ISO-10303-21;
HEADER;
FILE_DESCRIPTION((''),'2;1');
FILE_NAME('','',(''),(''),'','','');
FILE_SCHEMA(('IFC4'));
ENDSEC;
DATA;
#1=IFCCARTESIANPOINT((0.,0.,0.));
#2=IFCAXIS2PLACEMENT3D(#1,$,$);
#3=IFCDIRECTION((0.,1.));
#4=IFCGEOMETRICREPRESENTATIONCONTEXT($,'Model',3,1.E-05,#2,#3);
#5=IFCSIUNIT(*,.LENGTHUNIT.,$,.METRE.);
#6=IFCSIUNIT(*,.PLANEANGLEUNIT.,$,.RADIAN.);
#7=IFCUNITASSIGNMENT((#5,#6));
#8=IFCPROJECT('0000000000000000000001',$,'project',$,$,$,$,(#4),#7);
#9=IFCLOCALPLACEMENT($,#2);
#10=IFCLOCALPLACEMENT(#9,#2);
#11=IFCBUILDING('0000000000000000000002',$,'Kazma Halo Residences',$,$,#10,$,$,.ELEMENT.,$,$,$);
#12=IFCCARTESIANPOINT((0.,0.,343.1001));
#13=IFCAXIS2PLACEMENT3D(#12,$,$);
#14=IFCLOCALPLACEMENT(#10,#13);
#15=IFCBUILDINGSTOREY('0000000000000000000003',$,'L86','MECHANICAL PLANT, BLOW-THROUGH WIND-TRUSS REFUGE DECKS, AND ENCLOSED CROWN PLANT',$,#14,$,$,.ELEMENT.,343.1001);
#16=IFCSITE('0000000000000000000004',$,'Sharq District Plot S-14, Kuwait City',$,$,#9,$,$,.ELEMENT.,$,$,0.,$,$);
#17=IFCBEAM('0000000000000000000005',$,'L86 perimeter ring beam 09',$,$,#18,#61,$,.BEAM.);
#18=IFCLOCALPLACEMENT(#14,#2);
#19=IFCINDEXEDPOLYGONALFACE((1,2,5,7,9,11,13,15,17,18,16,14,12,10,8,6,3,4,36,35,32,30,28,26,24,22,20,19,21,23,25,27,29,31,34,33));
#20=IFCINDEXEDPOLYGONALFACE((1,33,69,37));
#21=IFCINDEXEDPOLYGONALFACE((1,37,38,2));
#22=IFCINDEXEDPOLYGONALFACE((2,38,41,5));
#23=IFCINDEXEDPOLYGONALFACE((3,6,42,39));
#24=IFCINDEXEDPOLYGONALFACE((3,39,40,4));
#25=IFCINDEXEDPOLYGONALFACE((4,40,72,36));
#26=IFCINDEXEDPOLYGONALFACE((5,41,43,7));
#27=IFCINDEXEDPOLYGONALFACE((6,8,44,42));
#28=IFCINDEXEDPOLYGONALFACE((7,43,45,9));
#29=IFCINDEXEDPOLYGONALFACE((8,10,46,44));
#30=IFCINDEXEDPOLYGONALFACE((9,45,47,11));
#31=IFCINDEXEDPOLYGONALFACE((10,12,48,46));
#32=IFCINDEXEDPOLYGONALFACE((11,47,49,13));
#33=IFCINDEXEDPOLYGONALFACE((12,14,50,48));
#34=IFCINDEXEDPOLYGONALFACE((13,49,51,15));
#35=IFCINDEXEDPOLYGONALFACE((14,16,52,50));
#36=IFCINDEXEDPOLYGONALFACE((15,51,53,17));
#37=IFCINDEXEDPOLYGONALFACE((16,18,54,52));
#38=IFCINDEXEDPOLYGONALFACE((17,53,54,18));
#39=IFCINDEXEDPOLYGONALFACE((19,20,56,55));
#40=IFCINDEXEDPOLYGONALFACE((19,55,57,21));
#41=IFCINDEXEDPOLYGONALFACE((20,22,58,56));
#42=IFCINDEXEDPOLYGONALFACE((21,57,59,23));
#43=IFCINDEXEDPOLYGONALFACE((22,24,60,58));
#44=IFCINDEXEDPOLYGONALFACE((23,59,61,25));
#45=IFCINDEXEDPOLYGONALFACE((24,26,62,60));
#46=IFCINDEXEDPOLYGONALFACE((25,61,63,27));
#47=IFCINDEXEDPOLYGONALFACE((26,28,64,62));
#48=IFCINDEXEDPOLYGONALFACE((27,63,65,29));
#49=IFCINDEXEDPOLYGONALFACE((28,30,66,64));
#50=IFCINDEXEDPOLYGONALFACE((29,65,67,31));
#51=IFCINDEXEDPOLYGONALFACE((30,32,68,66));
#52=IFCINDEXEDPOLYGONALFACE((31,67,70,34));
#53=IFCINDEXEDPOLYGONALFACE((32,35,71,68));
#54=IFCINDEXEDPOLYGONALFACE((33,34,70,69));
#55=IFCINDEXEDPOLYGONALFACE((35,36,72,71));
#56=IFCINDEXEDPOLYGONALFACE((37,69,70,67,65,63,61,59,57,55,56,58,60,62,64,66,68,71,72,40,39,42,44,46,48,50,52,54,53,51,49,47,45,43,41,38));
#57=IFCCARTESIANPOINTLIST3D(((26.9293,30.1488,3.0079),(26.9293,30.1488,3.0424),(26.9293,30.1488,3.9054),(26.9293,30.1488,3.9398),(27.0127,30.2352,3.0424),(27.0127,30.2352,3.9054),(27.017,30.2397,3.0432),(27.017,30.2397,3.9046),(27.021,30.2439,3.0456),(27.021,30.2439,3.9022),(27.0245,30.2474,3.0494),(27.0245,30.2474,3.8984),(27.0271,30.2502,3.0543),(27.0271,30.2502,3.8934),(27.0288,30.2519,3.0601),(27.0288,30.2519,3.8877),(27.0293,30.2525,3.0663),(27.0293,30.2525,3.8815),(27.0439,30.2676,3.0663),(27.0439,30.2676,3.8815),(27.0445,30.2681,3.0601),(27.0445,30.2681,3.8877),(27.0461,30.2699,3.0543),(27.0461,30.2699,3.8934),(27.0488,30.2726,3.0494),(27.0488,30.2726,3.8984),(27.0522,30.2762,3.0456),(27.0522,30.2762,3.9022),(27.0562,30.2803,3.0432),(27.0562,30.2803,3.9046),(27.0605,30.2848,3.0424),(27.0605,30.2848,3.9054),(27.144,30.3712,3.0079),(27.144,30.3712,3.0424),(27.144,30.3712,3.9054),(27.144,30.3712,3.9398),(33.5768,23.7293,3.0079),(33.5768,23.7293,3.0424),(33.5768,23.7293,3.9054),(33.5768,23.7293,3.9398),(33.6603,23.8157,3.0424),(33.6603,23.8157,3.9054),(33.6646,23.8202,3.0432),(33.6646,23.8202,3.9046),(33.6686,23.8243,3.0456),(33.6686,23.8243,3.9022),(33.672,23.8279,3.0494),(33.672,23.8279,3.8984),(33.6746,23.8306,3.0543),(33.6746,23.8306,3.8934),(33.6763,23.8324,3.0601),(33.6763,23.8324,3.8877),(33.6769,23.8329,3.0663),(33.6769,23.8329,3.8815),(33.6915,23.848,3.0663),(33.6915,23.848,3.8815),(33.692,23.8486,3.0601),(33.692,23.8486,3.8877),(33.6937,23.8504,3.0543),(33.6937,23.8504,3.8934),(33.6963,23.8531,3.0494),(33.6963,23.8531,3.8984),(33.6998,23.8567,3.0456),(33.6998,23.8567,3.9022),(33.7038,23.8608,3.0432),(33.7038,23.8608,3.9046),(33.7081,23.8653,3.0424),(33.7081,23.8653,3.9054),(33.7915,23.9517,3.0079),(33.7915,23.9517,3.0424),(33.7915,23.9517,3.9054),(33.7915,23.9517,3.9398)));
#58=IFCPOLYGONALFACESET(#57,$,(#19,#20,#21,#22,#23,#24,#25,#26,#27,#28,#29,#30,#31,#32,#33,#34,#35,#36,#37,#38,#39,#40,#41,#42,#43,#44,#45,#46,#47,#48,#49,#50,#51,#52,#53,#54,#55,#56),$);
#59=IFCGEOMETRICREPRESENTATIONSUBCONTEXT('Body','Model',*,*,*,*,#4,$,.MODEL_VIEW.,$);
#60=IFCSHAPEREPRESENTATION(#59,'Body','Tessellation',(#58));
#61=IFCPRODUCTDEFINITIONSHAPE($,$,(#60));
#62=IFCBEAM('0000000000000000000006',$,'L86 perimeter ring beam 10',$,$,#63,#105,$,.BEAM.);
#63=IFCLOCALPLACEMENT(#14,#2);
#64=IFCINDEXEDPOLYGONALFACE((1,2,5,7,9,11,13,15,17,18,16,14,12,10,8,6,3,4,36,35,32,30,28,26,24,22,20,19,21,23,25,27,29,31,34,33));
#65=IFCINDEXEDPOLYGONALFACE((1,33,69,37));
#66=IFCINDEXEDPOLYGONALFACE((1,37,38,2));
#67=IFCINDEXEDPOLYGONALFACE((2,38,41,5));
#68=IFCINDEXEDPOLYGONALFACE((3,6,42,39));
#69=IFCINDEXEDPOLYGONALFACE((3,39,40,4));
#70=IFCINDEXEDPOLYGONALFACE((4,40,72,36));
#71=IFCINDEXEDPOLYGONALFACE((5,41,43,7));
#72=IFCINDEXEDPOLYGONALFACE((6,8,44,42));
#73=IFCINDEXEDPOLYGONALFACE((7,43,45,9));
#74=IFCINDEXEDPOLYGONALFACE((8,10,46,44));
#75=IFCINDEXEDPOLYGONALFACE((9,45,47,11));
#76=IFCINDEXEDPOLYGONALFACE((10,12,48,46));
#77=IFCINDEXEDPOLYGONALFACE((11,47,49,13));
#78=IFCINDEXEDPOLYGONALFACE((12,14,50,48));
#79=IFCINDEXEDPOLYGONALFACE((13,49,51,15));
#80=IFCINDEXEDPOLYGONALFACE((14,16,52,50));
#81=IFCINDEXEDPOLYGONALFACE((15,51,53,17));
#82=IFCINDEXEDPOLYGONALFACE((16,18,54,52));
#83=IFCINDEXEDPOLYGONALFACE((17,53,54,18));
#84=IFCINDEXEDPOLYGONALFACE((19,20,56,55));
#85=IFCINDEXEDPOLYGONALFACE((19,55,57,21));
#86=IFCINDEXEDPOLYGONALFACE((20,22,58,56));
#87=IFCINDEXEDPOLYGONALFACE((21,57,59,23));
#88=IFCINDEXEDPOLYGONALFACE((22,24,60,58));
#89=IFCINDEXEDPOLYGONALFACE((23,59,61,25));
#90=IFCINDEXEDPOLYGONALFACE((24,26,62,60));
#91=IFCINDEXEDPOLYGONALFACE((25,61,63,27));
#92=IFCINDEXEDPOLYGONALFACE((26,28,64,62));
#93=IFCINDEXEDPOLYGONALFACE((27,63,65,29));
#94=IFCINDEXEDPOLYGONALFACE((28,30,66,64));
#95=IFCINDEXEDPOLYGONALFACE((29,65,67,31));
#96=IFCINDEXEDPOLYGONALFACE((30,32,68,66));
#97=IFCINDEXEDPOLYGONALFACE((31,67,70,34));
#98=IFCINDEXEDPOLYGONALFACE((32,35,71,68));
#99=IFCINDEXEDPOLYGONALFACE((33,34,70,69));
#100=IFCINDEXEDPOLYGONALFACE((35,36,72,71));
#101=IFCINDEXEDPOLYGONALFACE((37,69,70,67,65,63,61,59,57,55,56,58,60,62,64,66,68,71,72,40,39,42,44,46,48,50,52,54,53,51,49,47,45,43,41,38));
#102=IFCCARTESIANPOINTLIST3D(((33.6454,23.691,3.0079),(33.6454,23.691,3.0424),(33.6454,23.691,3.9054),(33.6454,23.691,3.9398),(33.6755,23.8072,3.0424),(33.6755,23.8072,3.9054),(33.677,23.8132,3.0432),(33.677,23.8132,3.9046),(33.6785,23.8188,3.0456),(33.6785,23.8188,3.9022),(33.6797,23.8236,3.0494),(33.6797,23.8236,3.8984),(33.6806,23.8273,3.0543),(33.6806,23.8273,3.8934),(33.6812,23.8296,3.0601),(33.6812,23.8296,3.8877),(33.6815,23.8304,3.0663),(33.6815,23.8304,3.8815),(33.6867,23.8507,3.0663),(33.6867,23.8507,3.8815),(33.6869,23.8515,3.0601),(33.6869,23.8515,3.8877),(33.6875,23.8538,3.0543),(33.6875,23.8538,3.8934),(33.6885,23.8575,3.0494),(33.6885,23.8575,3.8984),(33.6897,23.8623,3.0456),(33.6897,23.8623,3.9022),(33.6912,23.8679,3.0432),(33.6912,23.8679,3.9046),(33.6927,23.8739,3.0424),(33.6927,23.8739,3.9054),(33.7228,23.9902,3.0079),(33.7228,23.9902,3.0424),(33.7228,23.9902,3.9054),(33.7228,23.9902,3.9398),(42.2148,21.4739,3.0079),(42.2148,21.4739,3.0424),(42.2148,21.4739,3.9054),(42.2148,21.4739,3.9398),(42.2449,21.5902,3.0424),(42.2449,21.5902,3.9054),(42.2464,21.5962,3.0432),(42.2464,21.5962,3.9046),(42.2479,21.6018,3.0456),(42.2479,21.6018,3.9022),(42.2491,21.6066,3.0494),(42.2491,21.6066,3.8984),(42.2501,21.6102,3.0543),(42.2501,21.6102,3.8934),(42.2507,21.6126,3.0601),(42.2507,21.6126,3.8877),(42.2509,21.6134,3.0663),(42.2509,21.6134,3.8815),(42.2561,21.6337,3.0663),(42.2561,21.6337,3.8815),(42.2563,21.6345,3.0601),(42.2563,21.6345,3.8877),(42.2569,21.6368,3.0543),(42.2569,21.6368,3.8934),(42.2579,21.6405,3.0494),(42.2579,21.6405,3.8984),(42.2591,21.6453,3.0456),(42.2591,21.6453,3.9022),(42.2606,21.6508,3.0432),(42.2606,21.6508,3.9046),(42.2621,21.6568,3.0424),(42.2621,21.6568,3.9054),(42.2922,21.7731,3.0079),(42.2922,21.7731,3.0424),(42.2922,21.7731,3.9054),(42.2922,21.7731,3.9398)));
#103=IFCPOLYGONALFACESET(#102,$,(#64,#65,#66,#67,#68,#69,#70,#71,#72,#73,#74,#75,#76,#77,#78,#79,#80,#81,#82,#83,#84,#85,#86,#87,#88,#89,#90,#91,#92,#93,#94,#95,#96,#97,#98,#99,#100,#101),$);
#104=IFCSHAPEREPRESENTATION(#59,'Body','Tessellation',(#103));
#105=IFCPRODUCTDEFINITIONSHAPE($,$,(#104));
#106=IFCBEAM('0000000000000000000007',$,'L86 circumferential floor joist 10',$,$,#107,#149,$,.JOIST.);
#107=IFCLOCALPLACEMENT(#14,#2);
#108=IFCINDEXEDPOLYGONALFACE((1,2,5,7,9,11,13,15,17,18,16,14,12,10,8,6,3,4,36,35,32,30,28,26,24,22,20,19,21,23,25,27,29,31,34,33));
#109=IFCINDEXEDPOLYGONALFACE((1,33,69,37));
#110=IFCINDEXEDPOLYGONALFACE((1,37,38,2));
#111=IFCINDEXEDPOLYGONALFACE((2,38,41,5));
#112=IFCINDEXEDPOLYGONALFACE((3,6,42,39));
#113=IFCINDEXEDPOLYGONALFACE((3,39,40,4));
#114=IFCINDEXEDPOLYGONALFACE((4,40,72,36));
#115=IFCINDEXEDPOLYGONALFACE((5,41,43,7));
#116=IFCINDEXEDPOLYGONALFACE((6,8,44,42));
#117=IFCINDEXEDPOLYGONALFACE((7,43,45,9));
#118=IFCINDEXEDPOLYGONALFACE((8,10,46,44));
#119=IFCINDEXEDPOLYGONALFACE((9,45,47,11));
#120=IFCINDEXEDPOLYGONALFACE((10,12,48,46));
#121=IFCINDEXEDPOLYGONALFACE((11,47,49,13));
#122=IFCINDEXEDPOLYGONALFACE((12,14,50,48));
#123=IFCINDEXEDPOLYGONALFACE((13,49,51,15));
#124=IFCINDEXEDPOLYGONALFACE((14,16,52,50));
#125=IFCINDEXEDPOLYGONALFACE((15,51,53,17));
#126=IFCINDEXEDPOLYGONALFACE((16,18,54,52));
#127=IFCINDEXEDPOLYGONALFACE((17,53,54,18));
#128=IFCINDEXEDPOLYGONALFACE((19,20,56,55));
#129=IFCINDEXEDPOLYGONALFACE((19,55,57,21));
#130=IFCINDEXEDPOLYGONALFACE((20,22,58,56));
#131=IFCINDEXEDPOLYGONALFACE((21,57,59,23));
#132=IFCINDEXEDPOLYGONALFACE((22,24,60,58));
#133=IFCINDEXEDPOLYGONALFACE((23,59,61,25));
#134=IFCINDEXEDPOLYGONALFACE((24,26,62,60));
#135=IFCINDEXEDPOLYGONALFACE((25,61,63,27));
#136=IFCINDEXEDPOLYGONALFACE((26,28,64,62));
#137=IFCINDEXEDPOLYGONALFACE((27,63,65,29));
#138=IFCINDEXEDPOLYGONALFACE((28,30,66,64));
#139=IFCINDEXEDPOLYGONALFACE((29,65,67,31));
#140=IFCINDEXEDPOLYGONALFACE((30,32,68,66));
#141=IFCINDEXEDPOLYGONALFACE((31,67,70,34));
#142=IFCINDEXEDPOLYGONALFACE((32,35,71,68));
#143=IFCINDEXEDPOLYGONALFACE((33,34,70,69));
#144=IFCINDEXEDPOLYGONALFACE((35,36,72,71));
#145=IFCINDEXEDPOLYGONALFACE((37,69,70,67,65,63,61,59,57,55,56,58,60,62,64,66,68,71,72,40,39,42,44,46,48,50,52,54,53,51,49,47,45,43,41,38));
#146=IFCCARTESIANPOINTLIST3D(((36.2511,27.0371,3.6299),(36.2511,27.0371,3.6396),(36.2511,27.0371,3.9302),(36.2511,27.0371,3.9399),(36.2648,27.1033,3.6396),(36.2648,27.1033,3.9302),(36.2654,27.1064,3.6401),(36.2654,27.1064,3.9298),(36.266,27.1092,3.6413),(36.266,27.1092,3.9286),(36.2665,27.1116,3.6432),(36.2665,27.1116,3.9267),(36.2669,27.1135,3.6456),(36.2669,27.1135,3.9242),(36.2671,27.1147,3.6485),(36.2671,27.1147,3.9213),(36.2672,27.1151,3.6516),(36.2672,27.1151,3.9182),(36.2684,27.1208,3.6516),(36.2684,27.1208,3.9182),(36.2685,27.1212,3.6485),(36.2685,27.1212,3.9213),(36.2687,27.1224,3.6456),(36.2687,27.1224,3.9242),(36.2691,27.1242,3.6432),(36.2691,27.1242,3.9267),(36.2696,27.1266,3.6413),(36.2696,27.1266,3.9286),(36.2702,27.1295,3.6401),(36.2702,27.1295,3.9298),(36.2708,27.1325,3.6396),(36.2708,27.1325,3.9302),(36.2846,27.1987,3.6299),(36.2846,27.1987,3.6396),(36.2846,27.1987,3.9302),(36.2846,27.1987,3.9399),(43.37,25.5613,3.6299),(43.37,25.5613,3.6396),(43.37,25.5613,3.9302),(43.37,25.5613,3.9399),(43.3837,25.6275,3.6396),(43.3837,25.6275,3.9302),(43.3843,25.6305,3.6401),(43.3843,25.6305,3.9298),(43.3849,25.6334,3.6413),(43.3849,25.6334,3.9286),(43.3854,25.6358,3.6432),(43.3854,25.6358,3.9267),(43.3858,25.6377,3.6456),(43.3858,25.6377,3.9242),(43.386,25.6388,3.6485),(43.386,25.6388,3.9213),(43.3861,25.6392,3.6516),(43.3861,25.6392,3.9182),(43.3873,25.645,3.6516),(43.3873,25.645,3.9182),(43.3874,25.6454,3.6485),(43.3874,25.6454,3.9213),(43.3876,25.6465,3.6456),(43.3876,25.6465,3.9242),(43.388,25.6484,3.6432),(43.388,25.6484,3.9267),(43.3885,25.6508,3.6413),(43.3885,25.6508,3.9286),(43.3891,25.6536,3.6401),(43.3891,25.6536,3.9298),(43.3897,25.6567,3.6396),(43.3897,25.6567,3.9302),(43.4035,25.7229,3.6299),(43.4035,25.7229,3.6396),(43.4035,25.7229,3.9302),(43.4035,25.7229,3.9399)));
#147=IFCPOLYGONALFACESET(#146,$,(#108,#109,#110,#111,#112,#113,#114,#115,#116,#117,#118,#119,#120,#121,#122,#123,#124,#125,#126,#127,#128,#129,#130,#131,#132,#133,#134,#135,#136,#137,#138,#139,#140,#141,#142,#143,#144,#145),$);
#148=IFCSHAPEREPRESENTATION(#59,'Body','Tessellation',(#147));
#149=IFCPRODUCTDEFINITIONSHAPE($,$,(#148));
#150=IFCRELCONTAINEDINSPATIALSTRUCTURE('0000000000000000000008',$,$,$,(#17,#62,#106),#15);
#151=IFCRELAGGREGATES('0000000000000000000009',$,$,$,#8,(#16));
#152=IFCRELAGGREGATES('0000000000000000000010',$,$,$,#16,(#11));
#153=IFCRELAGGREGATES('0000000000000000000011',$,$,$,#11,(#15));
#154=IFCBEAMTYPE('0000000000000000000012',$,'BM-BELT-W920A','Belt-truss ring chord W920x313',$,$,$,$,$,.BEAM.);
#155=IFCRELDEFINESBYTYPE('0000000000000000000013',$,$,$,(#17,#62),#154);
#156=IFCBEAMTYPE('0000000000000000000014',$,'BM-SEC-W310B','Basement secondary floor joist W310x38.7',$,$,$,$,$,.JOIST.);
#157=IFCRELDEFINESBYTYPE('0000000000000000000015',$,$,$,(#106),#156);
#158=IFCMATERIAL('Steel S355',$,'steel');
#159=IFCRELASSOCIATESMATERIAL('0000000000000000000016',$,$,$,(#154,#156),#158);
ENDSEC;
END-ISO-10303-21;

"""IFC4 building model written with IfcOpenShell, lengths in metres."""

from ifc_helpers import new_model, si_unit, direction, frame, origin, origin_2d, place, context, subcontext, project, spatial, i_section, extrude, material, material_profile, profile_set, type_object, element, save


model = new_model("IFC4")

# Units and contexts
model_context = context("Model", 3, precision=1e-05, world=origin(), true_north=direction((0.0, 1.0)))
body_context = subcontext(model_context, "Body", "Model", "MODEL_VIEW")
ifc_project = project(units=[si_unit("LENGTHUNIT", "METRE"), si_unit("PLANEANGLEUNIT", "RADIAN")], contexts=[model_context])

# Site, building, storey
site_placement = place(None, origin())
site = spatial("IfcSite", under=ifc_project, at=site_placement, Name="Sharq District Plot S-14, Kuwait City", CompositionType="ELEMENT", RefElevation=0.0)
building_placement = place(site_placement, origin())
building = spatial("IfcBuilding", under=site, at=building_placement, Name="Kazma Halo Residences", CompositionType="ELEMENT")
storey_placement = place(building_placement, frame((0.0, 0.0, 343.1001)))
storey = spatial("IfcBuildingStorey", under=building, at=storey_placement, Name="L86", Description="MECHANICAL PLANT, BLOW-THROUGH WIND-TRUSS REFUGE DECKS, AND ENCLOSED CROWN PLANT", CompositionType="ELEMENT", Elevation=343.1001)

# Beams
ifc_material_1 = material(Name="Steel S355", Category="steel")
ifc_material_profile_1 = material_profile(ifc_material_1, i_section(OverallWidth=0.3091, OverallDepth=0.9319, WebThickness=0.021, FlangeThickness=0.0344, FilletRadius=0.0239, at=origin_2d()), Name="W920x313")
ifc_profile_set_1 = profile_set([ifc_material_profile_1], Name="Steel S355")
beam_type_1 = type_object("IfcBeamType", Name="BM-BELT-W920A", Description="Belt-truss ring chord W920x313", PredefinedType="BEAM", material=ifc_profile_set_1)
beam_1_placement = place(storey_placement, frame((27.0366, 30.26, 3.4739), z_axis=(0.719337, -0.694661, 0.0), x_axis=(0.694661, 0.719337, 0.0)))
element("IfcBeam", 1, at=beam_1_placement, inside=storey, type_object=beam_type_1, Name="L86 perimeter ring beam 09", PredefinedType="BEAM", context=body_context, shape_type="SweptSolid", body=[
    extrude(i_section(OverallWidth=0.3091, OverallDepth=0.9319, WebThickness=0.021, FlangeThickness=0.0344, FilletRadius=0.0239, at=origin_2d()), origin(), (0.0, 0.0, 1.0), 9.2412),
])
beam_2_placement = place(storey_placement, frame((33.6841, 23.8406, 3.4739), z_axis=(0.968124, -0.250471, 0.0), x_axis=(0.250471, 0.968124, 0.0)))
element("IfcBeam", 2, at=beam_2_placement, inside=storey, type_object=beam_type_1, Name="L86 perimeter ring beam 10", PredefinedType="BEAM", context=body_context, shape_type="SweptSolid", body=[
    extrude(i_section(OverallWidth=0.3091, OverallDepth=0.9319, WebThickness=0.021, FlangeThickness=0.0344, FilletRadius=0.0239, at=origin_2d()), origin(), (0.0, 0.0, 1.0), 8.8516),
])
ifc_material_profile_2 = material_profile(ifc_material_1, i_section(OverallWidth=0.165, OverallDepth=0.3101, WebThickness=0.0059, FlangeThickness=0.0098, FilletRadius=0.012, at=origin_2d()), Name="W310x38.7")
ifc_profile_set_2 = profile_set([ifc_material_profile_2], Name="Steel S355")
beam_type_2 = type_object("IfcBeamType", Name="BM-SEC-W310B", Description="Basement secondary floor joist W310x38.7", PredefinedType="JOIST", material=ifc_profile_set_2)
beam_3_placement = place(storey_placement, frame((36.2678, 27.1179, 3.7849), z_axis=(0.97918, -0.202995, 0.0), x_axis=(0.202995, 0.97918, 0.0)))
element("IfcBeam", 3, at=beam_3_placement, inside=storey, type_object=beam_type_2, Name="L86 circumferential floor joist 10", PredefinedType="JOIST", context=body_context, shape_type="SweptSolid", body=[
    extrude(i_section(OverallWidth=0.165, OverallDepth=0.3101, WebThickness=0.0059, FlangeThickness=0.0098, FilletRadius=0.012, at=origin_2d()), origin(), (0.0, 0.0, 1.0), 7.2703),
])

save(model, "model.ifc")
